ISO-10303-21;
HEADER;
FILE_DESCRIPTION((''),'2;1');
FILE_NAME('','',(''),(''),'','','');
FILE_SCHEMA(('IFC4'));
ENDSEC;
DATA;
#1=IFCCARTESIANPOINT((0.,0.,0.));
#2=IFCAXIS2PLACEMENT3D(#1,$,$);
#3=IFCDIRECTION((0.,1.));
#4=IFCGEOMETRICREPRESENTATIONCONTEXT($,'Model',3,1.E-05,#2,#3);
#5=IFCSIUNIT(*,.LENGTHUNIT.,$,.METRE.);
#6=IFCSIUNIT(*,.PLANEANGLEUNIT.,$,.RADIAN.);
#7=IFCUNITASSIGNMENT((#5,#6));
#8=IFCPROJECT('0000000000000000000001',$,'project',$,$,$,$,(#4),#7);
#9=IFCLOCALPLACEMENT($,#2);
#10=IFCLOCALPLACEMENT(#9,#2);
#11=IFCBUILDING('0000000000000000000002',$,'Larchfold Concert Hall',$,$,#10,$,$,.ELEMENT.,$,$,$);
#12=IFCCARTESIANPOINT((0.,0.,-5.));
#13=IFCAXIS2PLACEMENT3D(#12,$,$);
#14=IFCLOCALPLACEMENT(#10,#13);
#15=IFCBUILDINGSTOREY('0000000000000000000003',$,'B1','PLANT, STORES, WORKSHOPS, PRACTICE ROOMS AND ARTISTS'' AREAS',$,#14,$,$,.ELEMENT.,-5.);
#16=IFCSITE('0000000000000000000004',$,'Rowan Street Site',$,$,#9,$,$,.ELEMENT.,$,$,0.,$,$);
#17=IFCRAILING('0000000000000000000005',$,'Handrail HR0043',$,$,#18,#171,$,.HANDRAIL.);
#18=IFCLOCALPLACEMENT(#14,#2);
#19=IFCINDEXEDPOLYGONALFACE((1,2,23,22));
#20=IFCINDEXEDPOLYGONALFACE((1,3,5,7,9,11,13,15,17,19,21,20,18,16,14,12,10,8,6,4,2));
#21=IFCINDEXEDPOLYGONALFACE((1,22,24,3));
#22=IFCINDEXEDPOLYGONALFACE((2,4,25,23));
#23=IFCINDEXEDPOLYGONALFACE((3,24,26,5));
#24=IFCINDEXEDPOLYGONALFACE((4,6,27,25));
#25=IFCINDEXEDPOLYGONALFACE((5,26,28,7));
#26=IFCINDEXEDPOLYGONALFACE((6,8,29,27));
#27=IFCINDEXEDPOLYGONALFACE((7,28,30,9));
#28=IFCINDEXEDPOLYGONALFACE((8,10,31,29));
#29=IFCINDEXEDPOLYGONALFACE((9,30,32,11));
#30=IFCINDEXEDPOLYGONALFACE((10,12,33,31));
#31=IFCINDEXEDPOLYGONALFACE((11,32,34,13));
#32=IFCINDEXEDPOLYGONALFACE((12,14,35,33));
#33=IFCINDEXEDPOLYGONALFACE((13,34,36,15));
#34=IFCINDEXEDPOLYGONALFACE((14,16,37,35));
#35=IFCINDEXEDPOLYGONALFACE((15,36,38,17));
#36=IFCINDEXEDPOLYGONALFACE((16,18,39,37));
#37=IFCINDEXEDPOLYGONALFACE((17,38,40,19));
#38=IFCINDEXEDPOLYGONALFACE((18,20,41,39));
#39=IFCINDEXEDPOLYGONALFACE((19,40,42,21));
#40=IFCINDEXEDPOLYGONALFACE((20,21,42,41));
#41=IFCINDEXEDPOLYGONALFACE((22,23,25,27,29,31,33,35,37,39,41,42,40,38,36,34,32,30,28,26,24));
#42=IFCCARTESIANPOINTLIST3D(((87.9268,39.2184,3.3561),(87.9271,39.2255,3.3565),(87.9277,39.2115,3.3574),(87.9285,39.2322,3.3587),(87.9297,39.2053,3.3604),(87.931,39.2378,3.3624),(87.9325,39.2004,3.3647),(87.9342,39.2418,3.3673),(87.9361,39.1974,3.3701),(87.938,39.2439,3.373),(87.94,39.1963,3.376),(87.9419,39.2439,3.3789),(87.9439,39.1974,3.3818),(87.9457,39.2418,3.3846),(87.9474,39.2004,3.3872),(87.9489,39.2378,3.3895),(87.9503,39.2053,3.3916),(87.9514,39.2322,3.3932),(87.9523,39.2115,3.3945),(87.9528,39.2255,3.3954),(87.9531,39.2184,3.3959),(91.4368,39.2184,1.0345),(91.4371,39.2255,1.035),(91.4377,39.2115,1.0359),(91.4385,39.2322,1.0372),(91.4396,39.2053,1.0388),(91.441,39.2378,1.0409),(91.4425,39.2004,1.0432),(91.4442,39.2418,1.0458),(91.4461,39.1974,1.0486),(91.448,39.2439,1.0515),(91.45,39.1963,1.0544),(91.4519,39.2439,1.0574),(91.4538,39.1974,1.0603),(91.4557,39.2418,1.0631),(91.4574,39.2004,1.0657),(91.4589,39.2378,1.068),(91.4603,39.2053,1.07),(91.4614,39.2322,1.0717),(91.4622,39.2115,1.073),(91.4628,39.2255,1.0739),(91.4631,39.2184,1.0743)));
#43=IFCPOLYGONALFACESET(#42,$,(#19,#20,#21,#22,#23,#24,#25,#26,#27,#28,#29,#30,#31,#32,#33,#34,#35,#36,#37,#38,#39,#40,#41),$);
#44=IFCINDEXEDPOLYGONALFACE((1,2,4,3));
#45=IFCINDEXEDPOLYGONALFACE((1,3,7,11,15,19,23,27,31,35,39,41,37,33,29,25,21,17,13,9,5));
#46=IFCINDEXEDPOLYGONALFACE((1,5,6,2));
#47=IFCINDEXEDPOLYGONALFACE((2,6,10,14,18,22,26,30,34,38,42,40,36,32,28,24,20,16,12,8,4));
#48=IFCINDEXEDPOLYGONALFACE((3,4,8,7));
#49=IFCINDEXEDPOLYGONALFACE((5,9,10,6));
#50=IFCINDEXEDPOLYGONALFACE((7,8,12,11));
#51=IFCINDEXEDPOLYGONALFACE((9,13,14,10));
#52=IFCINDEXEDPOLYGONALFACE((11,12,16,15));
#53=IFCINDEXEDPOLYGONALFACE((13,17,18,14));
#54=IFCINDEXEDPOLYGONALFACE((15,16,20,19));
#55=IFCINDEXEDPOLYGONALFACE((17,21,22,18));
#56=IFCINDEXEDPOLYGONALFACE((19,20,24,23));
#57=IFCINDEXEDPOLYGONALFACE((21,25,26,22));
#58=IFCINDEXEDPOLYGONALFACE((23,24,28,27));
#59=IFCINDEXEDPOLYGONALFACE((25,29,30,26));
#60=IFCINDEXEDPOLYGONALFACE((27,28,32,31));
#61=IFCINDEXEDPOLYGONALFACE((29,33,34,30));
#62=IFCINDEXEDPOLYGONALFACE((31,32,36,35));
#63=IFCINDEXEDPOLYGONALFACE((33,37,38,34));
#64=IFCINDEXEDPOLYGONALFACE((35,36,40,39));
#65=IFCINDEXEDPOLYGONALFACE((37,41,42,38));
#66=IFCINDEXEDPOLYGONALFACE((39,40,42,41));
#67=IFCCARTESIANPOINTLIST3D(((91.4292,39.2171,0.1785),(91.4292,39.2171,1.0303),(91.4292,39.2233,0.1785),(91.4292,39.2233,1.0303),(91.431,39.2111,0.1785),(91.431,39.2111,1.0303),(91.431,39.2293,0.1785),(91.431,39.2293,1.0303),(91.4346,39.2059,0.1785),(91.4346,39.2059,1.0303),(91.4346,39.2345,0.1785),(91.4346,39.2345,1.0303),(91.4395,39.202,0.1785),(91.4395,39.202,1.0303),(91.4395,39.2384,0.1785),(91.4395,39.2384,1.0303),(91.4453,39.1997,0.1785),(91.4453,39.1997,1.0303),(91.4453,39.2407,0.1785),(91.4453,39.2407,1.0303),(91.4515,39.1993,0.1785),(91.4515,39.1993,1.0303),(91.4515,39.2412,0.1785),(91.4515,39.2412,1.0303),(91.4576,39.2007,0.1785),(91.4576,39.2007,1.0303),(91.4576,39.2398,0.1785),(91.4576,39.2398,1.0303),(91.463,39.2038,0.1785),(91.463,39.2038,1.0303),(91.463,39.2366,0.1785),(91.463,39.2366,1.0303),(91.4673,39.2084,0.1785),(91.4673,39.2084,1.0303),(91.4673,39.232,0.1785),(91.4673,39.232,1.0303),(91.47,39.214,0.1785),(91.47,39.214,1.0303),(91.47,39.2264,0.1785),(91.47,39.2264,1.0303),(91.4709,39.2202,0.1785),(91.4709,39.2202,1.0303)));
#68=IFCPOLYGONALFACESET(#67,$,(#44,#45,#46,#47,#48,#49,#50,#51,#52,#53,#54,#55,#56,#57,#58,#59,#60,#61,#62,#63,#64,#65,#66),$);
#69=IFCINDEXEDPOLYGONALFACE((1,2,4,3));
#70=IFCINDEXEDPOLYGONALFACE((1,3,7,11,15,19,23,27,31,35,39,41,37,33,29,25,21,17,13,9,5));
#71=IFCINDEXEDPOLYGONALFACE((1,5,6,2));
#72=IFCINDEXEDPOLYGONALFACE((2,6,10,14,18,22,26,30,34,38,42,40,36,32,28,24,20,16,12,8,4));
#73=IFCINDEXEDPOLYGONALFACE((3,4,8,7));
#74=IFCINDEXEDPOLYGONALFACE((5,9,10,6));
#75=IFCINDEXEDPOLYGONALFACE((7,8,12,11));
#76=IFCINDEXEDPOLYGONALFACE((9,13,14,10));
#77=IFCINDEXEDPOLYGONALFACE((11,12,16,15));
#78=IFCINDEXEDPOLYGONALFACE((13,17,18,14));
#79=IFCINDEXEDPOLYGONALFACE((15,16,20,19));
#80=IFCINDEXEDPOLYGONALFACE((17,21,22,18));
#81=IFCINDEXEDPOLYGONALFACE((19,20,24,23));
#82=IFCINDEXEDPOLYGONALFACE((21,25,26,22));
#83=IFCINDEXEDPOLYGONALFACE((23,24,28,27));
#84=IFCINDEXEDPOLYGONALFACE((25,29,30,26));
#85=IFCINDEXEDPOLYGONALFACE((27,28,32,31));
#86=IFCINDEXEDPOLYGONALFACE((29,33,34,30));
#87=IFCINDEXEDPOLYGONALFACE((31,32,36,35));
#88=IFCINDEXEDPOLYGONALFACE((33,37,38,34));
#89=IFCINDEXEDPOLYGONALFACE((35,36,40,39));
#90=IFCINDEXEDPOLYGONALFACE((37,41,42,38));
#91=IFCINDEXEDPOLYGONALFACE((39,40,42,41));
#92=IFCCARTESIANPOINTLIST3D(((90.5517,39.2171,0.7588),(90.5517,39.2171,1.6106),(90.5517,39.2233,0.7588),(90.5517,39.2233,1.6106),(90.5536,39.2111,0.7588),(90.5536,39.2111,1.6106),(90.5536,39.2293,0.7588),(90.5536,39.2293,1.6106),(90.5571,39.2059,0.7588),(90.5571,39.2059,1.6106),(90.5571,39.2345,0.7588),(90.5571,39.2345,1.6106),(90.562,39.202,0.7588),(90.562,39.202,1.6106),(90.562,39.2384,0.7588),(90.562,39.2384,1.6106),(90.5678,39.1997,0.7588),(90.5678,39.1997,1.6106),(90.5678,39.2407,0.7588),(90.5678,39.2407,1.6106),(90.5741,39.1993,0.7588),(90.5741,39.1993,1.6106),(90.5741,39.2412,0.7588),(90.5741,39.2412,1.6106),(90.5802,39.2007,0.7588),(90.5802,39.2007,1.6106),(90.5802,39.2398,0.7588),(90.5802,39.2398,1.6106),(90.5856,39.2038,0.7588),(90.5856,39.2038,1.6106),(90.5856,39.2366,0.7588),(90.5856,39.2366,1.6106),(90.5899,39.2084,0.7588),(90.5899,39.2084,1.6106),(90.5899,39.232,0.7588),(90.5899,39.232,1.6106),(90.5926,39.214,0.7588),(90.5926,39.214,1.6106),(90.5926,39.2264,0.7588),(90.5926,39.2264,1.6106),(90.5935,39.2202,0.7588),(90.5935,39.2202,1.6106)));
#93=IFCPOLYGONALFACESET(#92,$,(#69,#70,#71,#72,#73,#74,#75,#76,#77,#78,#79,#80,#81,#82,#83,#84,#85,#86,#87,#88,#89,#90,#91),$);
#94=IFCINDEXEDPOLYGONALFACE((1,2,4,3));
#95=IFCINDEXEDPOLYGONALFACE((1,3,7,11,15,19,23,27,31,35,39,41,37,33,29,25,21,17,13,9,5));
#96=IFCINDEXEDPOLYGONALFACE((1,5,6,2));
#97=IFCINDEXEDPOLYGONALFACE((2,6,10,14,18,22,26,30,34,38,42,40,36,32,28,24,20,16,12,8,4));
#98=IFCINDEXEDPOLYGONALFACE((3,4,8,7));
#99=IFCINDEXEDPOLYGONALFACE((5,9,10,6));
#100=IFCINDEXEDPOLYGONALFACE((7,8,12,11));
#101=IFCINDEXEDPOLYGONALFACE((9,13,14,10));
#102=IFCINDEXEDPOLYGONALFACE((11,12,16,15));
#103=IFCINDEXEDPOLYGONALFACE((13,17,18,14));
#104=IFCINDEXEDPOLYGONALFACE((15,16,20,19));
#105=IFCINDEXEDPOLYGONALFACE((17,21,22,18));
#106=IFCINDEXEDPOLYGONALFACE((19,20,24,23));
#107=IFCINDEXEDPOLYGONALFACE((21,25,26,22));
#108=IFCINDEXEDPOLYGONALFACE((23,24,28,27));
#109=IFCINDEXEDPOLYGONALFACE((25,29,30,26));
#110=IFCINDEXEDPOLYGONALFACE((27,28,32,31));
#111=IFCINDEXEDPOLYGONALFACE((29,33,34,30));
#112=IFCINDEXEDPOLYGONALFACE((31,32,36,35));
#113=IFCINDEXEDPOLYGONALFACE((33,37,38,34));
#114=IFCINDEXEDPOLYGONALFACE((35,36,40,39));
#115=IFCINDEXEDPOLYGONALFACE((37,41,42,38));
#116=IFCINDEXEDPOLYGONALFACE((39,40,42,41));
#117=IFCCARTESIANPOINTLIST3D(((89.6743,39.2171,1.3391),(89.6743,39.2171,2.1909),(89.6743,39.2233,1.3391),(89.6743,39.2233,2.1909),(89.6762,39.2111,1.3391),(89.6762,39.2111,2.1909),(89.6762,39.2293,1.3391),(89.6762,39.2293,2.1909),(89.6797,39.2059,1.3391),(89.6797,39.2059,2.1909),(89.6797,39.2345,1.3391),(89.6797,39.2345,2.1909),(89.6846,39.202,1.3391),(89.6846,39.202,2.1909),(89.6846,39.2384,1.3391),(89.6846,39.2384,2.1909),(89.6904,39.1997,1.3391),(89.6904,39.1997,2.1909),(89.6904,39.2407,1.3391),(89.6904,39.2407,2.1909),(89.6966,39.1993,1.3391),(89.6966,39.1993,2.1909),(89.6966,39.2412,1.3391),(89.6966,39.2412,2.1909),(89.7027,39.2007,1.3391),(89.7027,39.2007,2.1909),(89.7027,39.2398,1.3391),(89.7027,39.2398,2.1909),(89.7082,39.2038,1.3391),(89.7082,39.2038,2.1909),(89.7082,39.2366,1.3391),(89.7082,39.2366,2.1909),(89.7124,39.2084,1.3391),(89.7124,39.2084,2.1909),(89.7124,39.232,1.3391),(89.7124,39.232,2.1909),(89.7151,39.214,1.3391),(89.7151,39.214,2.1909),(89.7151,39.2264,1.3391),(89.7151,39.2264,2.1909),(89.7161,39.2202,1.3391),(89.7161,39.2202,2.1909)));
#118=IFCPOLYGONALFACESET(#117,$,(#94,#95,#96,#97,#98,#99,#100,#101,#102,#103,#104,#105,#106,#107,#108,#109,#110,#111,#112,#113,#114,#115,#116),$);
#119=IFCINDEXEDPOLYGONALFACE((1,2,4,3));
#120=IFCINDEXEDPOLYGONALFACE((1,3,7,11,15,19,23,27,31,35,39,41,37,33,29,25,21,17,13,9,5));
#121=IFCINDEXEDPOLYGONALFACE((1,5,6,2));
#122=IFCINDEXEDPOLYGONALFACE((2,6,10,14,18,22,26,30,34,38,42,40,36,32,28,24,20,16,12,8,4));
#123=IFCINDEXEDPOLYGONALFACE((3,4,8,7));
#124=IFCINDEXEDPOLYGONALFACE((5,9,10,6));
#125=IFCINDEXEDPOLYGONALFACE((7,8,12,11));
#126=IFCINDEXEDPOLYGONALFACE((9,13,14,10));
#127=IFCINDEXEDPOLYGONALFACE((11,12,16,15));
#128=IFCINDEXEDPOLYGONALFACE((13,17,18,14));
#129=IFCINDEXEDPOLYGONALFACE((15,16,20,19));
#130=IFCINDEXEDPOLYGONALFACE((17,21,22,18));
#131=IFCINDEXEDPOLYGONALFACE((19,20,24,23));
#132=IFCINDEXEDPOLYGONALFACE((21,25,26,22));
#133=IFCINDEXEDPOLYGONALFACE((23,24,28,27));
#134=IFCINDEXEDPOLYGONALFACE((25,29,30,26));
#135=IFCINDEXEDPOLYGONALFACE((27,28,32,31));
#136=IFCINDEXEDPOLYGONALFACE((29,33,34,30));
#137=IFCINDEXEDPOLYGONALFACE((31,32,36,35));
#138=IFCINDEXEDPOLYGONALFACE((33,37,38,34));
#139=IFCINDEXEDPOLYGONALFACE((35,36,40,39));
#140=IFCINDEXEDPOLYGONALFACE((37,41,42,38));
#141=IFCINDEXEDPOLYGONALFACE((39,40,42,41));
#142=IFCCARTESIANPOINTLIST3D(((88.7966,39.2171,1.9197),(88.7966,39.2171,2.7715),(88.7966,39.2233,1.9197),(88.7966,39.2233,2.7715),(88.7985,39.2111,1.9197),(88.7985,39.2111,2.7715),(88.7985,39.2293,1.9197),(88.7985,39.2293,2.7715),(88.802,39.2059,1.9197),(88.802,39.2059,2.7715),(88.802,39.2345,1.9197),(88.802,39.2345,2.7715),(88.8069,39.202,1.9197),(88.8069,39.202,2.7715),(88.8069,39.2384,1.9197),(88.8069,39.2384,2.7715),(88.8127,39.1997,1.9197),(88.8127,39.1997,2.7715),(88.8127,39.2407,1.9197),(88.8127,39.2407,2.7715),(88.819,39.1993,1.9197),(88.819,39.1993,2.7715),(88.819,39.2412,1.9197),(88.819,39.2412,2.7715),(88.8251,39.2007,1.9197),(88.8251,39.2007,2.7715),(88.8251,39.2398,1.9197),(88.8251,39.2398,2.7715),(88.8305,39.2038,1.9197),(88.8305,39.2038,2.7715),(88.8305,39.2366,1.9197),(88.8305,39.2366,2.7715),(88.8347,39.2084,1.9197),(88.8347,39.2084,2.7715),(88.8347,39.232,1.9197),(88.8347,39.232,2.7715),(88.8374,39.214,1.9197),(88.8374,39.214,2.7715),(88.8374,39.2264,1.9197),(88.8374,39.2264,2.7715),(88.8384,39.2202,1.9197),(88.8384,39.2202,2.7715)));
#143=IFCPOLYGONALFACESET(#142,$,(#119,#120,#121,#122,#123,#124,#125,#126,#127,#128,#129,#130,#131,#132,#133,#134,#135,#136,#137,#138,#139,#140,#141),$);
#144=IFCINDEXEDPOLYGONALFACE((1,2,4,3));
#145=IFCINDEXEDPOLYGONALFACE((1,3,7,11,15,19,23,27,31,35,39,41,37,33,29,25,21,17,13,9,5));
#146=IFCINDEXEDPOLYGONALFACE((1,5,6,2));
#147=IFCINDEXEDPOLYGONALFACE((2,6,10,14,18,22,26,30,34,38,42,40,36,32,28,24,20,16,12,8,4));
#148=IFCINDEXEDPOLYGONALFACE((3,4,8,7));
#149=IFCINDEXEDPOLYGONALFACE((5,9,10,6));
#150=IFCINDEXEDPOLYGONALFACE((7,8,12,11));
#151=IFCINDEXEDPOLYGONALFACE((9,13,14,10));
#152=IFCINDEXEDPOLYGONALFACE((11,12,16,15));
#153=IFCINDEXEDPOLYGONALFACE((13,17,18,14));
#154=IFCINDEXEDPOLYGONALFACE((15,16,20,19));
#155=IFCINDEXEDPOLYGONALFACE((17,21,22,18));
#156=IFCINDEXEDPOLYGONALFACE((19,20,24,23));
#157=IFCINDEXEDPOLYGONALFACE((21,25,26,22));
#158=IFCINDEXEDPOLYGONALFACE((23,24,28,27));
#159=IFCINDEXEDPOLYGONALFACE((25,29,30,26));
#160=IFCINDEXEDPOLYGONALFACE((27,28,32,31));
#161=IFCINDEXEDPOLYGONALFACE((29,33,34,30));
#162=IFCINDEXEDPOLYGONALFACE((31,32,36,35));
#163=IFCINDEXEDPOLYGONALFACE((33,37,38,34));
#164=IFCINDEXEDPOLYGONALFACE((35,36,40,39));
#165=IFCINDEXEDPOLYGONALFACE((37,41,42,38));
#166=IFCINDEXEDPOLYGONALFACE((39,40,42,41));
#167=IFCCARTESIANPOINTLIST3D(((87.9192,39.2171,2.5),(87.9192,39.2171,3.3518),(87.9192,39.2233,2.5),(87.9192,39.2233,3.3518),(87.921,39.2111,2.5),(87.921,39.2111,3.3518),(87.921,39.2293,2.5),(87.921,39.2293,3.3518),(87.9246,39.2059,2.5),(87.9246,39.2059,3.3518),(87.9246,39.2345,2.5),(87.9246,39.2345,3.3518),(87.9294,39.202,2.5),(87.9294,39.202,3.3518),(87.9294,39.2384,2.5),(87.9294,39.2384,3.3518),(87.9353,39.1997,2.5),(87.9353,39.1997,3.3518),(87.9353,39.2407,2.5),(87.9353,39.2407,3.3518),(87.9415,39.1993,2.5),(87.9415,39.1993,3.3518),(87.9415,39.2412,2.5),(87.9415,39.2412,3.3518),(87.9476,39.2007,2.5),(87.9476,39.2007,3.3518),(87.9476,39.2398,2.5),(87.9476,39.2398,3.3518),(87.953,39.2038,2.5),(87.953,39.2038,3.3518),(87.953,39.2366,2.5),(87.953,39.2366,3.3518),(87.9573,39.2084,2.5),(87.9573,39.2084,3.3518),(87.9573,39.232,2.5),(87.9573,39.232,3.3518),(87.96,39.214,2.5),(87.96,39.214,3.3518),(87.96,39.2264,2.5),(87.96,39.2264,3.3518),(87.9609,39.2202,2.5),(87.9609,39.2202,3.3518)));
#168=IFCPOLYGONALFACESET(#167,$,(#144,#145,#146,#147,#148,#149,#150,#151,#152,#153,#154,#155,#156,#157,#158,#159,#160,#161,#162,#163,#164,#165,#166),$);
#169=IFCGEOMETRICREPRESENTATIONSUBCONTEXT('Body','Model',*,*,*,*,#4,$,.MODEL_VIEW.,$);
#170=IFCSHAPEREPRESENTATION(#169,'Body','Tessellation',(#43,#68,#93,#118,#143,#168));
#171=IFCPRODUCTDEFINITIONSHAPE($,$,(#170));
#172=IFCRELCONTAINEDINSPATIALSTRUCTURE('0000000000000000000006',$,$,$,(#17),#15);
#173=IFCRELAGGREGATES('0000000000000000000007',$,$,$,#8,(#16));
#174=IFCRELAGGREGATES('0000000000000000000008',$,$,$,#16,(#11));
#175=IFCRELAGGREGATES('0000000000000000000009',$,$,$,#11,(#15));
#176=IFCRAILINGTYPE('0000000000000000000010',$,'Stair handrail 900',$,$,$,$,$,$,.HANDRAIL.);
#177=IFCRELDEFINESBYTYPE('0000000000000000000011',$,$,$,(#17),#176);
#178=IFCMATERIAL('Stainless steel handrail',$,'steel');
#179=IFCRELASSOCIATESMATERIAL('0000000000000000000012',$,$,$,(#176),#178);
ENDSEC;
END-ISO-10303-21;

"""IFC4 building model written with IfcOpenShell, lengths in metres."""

from ifc_helpers import new_model, si_unit, direction, frame, origin, origin_2d, place, context, subcontext, project, spatial, circle, extrude, material, type_object, element, save


model = new_model("IFC4")

# Units and contexts
model_context = context("Model", 3, precision=1e-05, world=origin(), true_north=direction((0.0, 1.0)))
body_context = subcontext(model_context, "Body", "Model", "MODEL_VIEW")
ifc_project = project(units=[si_unit("LENGTHUNIT", "METRE"), si_unit("PLANEANGLEUNIT", "RADIAN")], contexts=[model_context])

# Site, building, storey
site_placement = place(None, origin())
site = spatial("IfcSite", under=ifc_project, at=site_placement, Name="Rowan Street Site", CompositionType="ELEMENT", RefElevation=0.0)
building_placement = place(site_placement, origin())
building = spatial("IfcBuilding", under=site, at=building_placement, Name="Larchfold Concert Hall", CompositionType="ELEMENT")
storey_placement = place(building_placement, frame((0.0, 0.0, -5.0)))
storey = spatial("IfcBuildingStorey", under=building, at=storey_placement, Name="B1", Description="PLANT, STORES, WORKSHOPS, PRACTICE ROOMS AND ARTISTS' AREAS", CompositionType="ELEMENT", Elevation=-5.0)

# Railing
ifc_material_1 = material(Name="Stainless steel handrail", Category="steel")
railing_type_1 = type_object("IfcRailingType", Name="Stair handrail 900", PredefinedType="HANDRAIL", material=ifc_material_1)
railing_1_placement = place(storey_placement, frame((91.45, 39.2202, 0.1785)))
element("IfcRailing", 1, at=railing_1_placement, inside=storey, type_object=railing_type_1, Name="Handrail HR0043", PredefinedType="HANDRAIL", context=body_context, shape_type="SweptSolid", body=[
    extrude(circle(Radius=0.0239, at=origin_2d()), frame((0.0, 0.0, 0.876), z_axis=(-0.834071, 0.0, 0.551657), x_axis=(0.0, -1.0, 0.0)), (0.0, 0.0, 1.0), 4.2083),
    extrude(circle(Radius=0.021, at=origin_2d()), origin(), (0.0, 0.0, 1.0), 0.8518),
    extrude(circle(Radius=0.021, at=origin_2d()), frame((-0.8774, 0.0, 0.5803)), (0.0, 0.0, 1.0), 0.8518),
    extrude(circle(Radius=0.021, at=origin_2d()), frame((-1.7549, 0.0, 1.1606)), (0.0, 0.0, 1.0), 0.8518),
    extrude(circle(Radius=0.021, at=origin_2d()), frame((-2.6326, 0.0, 1.7412)), (0.0, 0.0, 1.0), 0.8518),
    extrude(circle(Radius=0.021, at=origin_2d()), frame((-3.51, 0.0, 2.3215)), (0.0, 0.0, 1.0), 0.8518),
])

save(model, "model.ifc")
